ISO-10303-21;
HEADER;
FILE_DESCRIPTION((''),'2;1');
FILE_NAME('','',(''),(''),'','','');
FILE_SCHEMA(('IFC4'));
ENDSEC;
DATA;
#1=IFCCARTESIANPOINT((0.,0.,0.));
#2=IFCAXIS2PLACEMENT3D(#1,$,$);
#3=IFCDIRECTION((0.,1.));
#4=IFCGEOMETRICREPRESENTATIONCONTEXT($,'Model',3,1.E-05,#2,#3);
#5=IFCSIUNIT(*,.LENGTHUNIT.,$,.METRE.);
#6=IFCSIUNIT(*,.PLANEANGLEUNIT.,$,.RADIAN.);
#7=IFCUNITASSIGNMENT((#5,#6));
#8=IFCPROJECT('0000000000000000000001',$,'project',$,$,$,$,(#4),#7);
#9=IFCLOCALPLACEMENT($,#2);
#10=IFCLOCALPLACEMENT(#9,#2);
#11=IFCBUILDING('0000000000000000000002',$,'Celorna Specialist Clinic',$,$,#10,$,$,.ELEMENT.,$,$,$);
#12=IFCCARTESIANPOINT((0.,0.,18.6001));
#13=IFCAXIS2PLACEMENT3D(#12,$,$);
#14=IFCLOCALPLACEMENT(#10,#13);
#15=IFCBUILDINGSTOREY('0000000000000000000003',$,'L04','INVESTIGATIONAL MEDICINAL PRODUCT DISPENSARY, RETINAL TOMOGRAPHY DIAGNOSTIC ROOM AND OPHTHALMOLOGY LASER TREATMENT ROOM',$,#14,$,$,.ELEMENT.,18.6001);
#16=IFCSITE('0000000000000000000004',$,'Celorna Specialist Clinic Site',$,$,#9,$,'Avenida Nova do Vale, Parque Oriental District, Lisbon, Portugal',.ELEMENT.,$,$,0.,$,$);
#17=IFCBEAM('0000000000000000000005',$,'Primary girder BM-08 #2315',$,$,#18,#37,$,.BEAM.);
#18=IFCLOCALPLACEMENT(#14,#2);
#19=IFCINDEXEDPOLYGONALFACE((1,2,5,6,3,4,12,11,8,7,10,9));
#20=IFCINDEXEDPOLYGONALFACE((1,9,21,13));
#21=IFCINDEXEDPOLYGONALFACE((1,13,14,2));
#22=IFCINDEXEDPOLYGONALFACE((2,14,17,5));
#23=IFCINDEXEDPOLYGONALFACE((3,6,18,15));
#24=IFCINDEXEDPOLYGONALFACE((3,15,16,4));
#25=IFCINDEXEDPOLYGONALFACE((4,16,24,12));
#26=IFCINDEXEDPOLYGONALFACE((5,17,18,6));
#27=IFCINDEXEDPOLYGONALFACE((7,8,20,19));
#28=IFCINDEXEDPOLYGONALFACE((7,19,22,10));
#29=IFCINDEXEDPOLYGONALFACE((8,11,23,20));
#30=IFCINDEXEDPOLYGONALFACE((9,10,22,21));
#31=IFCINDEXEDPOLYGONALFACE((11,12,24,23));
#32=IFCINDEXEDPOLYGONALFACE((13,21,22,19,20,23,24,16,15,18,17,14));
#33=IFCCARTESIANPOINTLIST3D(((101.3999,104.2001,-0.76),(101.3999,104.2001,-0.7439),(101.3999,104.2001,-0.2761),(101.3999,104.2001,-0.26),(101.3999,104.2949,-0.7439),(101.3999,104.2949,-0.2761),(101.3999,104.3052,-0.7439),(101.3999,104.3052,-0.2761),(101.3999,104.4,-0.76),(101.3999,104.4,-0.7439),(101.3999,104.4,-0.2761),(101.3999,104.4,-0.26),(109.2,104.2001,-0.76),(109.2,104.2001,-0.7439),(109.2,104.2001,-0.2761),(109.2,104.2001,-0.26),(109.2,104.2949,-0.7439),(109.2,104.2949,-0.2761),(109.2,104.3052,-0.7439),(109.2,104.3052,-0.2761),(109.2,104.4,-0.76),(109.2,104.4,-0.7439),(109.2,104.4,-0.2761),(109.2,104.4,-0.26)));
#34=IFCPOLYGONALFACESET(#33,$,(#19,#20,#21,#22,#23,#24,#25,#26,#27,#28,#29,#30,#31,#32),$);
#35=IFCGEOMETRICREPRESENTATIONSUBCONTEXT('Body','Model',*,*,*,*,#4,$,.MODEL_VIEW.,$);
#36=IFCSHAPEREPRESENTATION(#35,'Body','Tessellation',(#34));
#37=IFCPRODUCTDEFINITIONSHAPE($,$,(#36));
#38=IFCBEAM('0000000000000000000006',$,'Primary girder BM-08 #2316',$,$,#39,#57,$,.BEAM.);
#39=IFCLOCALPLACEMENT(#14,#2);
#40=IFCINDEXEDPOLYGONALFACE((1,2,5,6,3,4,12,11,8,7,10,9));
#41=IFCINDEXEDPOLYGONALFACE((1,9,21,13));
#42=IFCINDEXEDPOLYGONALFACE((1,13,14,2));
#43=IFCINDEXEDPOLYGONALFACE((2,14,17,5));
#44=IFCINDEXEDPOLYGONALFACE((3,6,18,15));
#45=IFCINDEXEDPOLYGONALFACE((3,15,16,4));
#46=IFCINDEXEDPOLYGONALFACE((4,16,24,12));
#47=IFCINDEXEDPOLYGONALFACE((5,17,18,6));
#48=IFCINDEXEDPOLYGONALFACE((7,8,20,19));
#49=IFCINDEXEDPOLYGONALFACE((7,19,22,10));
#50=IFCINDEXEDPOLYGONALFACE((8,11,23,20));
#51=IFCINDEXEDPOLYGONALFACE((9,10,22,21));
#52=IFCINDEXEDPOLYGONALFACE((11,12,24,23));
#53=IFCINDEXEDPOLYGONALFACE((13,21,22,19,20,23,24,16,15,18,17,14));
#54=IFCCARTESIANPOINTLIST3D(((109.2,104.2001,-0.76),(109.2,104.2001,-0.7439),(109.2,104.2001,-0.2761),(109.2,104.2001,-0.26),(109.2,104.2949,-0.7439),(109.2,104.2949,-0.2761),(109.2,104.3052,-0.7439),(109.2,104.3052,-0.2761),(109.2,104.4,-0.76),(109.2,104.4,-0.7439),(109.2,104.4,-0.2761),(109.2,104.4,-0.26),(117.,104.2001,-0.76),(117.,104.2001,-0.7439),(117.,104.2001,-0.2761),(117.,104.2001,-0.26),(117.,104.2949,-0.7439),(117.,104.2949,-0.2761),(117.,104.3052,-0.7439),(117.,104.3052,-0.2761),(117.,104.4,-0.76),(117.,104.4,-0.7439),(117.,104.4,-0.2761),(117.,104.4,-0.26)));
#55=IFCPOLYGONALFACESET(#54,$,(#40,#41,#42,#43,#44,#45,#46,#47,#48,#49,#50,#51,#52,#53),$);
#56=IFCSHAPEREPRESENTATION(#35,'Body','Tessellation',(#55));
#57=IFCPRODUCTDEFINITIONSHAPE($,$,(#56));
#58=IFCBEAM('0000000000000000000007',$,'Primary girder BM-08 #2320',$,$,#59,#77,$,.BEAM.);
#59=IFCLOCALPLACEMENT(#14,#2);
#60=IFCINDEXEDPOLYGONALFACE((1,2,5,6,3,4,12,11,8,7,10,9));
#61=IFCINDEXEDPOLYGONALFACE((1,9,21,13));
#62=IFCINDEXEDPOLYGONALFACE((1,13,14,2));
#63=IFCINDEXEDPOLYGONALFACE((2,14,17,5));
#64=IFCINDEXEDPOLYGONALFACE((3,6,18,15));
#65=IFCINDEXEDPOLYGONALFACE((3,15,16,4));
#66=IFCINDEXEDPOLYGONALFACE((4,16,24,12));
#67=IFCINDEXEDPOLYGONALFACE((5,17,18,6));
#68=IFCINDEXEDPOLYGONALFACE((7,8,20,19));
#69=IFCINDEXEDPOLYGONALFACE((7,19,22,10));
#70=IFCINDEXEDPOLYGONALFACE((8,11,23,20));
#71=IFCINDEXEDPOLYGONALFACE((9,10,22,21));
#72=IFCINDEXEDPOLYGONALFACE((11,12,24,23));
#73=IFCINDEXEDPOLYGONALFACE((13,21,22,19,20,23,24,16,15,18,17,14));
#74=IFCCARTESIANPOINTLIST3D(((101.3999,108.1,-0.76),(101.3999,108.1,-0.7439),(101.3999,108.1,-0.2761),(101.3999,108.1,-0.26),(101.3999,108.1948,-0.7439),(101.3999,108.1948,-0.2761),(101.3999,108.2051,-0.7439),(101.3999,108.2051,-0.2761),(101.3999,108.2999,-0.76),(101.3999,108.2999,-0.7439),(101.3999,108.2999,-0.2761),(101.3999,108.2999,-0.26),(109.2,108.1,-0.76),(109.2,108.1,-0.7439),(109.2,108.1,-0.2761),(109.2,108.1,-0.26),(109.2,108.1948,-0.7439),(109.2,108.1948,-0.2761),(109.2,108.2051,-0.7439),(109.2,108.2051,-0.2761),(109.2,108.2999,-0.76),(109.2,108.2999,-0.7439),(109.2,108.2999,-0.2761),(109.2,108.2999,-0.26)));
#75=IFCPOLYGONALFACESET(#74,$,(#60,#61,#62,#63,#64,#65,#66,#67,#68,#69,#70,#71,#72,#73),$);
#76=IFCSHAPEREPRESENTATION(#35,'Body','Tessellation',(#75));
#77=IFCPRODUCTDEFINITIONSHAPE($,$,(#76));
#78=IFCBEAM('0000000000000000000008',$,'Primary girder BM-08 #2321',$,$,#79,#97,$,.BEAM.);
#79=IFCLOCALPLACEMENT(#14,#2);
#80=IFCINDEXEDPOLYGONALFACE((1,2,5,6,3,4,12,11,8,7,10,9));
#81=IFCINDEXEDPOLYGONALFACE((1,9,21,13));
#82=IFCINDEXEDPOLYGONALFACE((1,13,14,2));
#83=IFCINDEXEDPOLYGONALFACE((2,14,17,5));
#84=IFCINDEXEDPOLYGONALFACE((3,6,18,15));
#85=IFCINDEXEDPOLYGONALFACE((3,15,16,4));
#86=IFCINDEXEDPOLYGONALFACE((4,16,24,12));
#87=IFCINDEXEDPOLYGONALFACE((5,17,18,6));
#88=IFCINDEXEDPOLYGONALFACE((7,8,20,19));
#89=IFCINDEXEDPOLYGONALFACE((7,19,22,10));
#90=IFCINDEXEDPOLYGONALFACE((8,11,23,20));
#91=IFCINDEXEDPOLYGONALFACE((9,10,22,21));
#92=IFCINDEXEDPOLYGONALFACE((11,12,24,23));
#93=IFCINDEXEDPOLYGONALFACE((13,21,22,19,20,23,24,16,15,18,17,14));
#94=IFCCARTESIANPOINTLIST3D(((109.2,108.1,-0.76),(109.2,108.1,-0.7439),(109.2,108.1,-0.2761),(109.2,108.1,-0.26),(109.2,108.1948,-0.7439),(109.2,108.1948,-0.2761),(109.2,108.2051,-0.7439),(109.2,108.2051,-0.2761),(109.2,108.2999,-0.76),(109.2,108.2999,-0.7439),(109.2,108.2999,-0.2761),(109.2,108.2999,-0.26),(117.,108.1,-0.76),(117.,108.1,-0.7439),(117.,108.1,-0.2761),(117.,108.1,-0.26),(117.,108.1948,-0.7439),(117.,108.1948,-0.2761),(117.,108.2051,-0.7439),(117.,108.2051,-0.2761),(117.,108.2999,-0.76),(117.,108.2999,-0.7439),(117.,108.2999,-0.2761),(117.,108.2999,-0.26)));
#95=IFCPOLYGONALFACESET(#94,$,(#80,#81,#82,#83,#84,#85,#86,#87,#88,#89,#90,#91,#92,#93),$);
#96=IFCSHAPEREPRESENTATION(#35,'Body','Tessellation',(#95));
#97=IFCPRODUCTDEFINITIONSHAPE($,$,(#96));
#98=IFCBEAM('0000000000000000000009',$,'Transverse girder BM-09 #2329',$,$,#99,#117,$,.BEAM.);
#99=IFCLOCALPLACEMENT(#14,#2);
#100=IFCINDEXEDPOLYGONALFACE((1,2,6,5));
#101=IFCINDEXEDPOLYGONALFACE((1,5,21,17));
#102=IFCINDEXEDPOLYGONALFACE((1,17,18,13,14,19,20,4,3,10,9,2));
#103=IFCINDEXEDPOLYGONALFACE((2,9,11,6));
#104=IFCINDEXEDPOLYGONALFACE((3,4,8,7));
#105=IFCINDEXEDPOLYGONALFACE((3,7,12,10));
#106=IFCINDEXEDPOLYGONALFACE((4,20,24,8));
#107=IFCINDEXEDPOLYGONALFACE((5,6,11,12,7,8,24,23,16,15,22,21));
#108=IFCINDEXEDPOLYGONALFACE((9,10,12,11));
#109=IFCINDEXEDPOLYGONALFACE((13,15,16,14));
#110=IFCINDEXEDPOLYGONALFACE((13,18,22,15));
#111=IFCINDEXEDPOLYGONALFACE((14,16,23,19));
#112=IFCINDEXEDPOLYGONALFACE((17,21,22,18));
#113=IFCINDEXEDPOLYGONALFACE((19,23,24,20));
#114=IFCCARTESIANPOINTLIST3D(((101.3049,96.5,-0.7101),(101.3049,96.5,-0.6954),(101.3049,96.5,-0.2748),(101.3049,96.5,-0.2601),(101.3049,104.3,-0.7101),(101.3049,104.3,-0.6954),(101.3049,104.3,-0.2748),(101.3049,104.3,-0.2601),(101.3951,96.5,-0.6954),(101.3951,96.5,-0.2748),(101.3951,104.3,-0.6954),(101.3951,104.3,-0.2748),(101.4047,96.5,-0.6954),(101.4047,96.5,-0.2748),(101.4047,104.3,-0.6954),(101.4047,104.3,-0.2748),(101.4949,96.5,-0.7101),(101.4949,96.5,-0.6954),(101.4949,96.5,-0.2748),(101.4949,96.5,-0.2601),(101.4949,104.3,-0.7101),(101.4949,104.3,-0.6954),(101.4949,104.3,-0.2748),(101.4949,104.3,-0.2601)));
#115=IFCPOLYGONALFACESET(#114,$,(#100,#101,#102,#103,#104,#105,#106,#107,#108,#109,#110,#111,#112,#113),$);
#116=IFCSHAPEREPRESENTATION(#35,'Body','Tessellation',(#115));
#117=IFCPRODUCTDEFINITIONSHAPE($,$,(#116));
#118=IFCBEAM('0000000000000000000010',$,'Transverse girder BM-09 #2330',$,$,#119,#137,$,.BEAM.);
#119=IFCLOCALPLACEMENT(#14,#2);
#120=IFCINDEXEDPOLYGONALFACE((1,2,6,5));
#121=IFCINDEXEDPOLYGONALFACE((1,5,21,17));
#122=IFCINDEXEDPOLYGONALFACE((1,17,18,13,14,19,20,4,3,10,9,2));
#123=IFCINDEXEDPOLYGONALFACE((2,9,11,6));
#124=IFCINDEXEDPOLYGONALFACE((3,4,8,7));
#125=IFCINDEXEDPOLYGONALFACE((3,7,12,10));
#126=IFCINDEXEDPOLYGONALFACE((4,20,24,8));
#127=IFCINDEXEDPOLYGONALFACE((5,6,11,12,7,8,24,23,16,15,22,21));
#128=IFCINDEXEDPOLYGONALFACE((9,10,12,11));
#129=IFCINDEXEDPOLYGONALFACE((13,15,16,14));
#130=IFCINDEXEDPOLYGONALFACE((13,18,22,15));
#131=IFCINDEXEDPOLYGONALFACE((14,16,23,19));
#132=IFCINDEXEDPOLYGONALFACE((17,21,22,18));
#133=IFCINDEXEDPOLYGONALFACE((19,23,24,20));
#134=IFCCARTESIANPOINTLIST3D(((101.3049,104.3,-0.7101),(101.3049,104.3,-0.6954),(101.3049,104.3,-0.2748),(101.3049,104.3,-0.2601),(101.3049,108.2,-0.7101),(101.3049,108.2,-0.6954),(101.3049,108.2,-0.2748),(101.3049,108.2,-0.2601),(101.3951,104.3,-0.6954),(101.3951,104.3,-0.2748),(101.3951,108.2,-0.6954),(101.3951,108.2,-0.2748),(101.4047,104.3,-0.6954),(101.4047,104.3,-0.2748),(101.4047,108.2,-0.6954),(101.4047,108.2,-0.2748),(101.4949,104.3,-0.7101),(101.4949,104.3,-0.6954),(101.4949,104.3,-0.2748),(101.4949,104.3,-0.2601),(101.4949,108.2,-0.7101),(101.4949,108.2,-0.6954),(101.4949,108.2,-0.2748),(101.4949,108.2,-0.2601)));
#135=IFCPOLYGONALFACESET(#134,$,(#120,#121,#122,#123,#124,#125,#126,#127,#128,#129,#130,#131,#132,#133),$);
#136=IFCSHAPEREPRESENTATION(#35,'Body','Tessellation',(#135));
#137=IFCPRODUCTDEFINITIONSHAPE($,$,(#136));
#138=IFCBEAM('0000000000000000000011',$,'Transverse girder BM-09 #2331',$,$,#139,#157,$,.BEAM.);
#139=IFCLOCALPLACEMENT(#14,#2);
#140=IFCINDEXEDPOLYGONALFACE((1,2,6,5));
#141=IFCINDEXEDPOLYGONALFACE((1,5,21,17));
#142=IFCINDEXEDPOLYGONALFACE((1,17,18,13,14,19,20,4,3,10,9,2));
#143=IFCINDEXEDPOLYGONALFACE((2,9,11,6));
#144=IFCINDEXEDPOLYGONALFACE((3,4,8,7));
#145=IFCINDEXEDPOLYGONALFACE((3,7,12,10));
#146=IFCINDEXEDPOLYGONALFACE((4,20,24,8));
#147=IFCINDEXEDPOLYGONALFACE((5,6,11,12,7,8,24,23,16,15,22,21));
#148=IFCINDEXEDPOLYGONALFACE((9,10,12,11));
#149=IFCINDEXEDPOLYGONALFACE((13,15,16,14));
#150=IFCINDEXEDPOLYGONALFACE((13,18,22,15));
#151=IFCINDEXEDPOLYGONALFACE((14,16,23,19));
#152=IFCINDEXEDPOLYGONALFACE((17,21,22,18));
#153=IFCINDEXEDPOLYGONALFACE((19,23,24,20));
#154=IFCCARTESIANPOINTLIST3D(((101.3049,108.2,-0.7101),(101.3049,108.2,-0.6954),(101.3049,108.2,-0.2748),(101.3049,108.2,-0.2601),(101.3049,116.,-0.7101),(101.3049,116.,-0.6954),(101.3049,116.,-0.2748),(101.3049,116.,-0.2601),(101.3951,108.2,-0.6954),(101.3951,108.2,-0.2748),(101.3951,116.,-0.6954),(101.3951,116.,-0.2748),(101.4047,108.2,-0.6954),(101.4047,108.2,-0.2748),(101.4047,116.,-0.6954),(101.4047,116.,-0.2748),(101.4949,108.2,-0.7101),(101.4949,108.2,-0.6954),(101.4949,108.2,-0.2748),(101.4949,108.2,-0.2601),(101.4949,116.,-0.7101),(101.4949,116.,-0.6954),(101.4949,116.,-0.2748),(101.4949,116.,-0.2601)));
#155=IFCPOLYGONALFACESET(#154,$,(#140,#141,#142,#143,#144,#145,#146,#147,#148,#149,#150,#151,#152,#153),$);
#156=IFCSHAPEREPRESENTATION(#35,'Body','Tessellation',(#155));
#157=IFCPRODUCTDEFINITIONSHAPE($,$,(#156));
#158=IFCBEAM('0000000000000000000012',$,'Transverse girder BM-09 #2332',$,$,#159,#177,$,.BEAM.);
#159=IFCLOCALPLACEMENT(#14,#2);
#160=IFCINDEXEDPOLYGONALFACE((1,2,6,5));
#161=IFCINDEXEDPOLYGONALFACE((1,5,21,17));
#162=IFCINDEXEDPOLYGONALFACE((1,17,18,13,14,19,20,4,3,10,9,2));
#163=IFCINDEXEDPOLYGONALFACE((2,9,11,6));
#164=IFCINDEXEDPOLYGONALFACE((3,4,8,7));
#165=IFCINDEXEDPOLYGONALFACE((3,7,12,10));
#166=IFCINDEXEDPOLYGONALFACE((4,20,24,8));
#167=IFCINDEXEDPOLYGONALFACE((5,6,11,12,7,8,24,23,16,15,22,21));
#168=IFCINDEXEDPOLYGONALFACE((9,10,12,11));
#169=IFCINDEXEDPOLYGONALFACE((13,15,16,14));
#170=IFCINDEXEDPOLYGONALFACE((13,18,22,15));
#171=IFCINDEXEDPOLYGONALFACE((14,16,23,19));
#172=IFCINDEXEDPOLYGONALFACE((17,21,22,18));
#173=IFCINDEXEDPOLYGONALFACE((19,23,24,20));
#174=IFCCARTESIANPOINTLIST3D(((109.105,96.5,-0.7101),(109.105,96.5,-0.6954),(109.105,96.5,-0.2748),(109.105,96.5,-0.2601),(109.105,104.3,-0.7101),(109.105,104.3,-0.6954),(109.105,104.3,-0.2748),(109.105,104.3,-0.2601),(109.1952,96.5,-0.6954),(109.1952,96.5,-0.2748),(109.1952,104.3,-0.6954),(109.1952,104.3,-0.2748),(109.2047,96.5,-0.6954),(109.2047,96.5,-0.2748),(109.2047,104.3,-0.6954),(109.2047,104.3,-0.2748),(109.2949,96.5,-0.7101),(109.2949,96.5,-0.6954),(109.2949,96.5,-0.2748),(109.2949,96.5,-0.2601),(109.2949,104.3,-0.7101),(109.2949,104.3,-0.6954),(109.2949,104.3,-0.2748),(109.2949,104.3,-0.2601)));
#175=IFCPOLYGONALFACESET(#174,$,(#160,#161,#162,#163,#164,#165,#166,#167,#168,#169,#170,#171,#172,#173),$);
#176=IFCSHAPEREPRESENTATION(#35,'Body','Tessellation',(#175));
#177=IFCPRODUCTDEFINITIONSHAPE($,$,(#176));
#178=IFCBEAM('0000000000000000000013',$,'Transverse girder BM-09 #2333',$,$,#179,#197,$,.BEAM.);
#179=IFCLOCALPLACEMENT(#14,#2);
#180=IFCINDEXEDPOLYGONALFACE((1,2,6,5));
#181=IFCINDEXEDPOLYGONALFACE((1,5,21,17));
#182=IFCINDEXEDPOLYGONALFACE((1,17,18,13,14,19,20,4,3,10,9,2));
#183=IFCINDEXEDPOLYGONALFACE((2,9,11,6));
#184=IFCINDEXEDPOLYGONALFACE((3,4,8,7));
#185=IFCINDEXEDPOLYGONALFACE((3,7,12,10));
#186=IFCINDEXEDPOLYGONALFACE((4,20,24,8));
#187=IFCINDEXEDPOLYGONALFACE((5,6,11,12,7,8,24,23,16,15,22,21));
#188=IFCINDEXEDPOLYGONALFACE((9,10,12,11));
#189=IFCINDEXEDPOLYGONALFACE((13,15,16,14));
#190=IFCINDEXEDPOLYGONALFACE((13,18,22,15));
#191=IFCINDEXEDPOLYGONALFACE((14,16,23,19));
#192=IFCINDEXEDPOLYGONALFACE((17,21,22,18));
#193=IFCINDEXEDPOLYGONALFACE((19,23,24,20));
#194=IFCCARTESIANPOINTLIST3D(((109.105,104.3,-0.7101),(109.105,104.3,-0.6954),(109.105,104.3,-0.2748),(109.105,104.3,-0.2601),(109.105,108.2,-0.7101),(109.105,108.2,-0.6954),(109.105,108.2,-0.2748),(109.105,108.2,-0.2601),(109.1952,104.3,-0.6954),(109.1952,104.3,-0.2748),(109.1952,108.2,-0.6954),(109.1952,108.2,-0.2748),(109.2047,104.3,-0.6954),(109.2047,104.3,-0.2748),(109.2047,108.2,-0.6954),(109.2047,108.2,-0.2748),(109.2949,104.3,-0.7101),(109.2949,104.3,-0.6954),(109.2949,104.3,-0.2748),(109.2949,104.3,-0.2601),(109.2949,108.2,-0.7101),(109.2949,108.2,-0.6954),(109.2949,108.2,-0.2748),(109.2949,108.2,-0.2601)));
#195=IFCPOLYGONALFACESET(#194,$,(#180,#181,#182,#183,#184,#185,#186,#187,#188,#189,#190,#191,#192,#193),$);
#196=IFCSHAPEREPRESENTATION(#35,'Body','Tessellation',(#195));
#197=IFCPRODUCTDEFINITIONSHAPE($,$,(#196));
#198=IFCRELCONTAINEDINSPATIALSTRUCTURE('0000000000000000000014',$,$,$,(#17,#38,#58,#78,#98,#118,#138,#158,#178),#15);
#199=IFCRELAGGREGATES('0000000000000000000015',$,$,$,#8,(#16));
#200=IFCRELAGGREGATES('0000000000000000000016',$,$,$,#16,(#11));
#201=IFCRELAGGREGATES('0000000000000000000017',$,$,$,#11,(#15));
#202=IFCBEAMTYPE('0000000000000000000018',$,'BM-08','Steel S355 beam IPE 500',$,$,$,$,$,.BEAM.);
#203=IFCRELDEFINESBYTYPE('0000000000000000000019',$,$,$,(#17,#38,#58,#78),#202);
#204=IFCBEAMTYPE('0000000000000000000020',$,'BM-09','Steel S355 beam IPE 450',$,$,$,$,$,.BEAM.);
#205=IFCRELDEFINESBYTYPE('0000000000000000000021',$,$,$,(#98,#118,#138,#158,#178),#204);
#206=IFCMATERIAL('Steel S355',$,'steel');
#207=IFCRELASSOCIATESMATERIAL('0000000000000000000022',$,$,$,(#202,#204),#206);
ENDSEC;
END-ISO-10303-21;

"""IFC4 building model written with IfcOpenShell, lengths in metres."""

from ifc_helpers import new_model, si_unit, direction, frame, origin, origin_2d, place, context, subcontext, project, spatial, i_section, extrude, material, material_profile, profile_set, type_object, element, save


model = new_model("IFC4")

# Units and contexts
model_context = context("Model", 3, precision=1e-05, world=origin(), true_north=direction((0.0, 1.0)))
body_context = subcontext(model_context, "Body", "Model", "MODEL_VIEW")
ifc_project = project(units=[si_unit("LENGTHUNIT", "METRE"), si_unit("PLANEANGLEUNIT", "RADIAN")], contexts=[model_context])

# Site, building, storey
site_placement = place(None, origin())
site = spatial("IfcSite", under=ifc_project, at=site_placement, Name="Celorna Specialist Clinic Site", LongName="Avenida Nova do Vale, Parque Oriental District, Lisbon, Portugal", CompositionType="ELEMENT", RefElevation=0.0)
building_placement = place(site_placement, origin())
building = spatial("IfcBuilding", under=site, at=building_placement, Name="Celorna Specialist Clinic", CompositionType="ELEMENT")
storey_placement = place(building_placement, frame((0.0, 0.0, 18.6001)))
storey = spatial("IfcBuildingStorey", under=building, at=storey_placement, Name="L04", Description="INVESTIGATIONAL MEDICINAL PRODUCT DISPENSARY, RETINAL TOMOGRAPHY DIAGNOSTIC ROOM AND OPHTHALMOLOGY LASER TREATMENT ROOM", CompositionType="ELEMENT", Elevation=18.6001)

# Beams
ifc_material_1 = material(Name="Steel S355", Category="steel")
ifc_material_profile_1 = material_profile(ifc_material_1, i_section(OverallWidth=0.2, OverallDepth=0.5, WebThickness=0.0103, FlangeThickness=0.0161, at=origin_2d()), Name="IPE 500")
ifc_profile_set_1 = profile_set([ifc_material_profile_1], Name="Steel S355")
beam_type_1 = type_object("IfcBeamType", Name="BM-08", Description="Steel S355 beam IPE 500", PredefinedType="BEAM", material=ifc_profile_set_1)
for number, where, z_axis, x_axis, name in (
    (1, (101.3999, 104.3, -0.51), (1.0, 0.0, 0.0), (0.0, 1.0, 0.0), "Primary girder BM-08 #2315"),
    (2, (109.2, 104.3, -0.51), (1.0, 0.0, 0.0), (0.0, 1.0, 0.0), "Primary girder BM-08 #2316"),
    (3, (101.3999, 108.2, -0.51), (1.0, 0.0, 0.0), (0.0, 1.0, 0.0), "Primary girder BM-08 #2320"),
    (4, (109.2, 108.2, -0.51), (1.0, 0.0, 0.0), (0.0, 1.0, 0.0), "Primary girder BM-08 #2321"),
):
    element("IfcBeam", number, at=place(storey_placement, frame(where, z_axis=z_axis, x_axis=x_axis)), inside=storey, type_object=beam_type_1, Name=name, PredefinedType="BEAM", context=body_context, shape_type="SweptSolid", body=[
        extrude(i_section(OverallWidth=0.2, OverallDepth=0.5, WebThickness=0.0103, FlangeThickness=0.0161, at=origin_2d()), origin(), (0.0, 0.0, 1.0), 7.8),
    ])
ifc_material_profile_2 = material_profile(ifc_material_1, i_section(OverallWidth=0.1899, OverallDepth=0.45, WebThickness=0.0095, FlangeThickness=0.0146, at=origin_2d()), Name="IPE 450")
ifc_profile_set_2 = profile_set([ifc_material_profile_2], Name="Steel S355")
beam_type_2 = type_object("IfcBeamType", Name="BM-09", Description="Steel S355 beam IPE 450", PredefinedType="BEAM", material=ifc_profile_set_2)
beam_1_placement = place(storey_placement, frame((101.3999, 96.5, -0.4851), z_axis=(0.0, 1.0, 0.0), x_axis=(-1.0, 0.0, 0.0)))
element("IfcBeam", 5, at=beam_1_placement, inside=storey, type_object=beam_type_2, Name="Transverse girder BM-09 #2329", PredefinedType="BEAM", context=body_context, shape_type="SweptSolid", body=[
    extrude(i_section(OverallWidth=0.1899, OverallDepth=0.45, WebThickness=0.0095, FlangeThickness=0.0146, at=origin_2d()), origin(), (0.0, 0.0, 1.0), 7.8),
])
beam_2_placement = place(storey_placement, frame((101.3999, 104.3, -0.4851), z_axis=(0.0, 1.0, 0.0), x_axis=(-1.0, 0.0, 0.0)))
element("IfcBeam", 6, at=beam_2_placement, inside=storey, type_object=beam_type_2, Name="Transverse girder BM-09 #2330", PredefinedType="BEAM", context=body_context, shape_type="SweptSolid", body=[
    extrude(i_section(OverallWidth=0.1899, OverallDepth=0.45, WebThickness=0.0095, FlangeThickness=0.0146, at=origin_2d()), origin(), (0.0, 0.0, 1.0), 3.8999),
])
for number, where, z_axis, x_axis, name in (
    (7, (101.3999, 108.2, -0.4851), (0.0, 1.0, 0.0), (-1.0, 0.0, 0.0), "Transverse girder BM-09 #2331"),
    (8, (109.2, 96.5, -0.4851), (0.0, 1.0, 0.0), (-1.0, 0.0, 0.0), "Transverse girder BM-09 #2332"),
):
    element("IfcBeam", number, at=place(storey_placement, frame(where, z_axis=z_axis, x_axis=x_axis)), inside=storey, type_object=beam_type_2, Name=name, PredefinedType="BEAM", context=body_context, shape_type="SweptSolid", body=[
        extrude(i_section(OverallWidth=0.1899, OverallDepth=0.45, WebThickness=0.0095, FlangeThickness=0.0146, at=origin_2d()), origin(), (0.0, 0.0, 1.0), 7.8),
    ])
beam_3_placement = place(storey_placement, frame((109.2, 104.3, -0.4851), z_axis=(0.0, 1.0, 0.0), x_axis=(-1.0, 0.0, 0.0)))
element("IfcBeam", 9, at=beam_3_placement, inside=storey, type_object=beam_type_2, Name="Transverse girder BM-09 #2333", PredefinedType="BEAM", context=body_context, shape_type="SweptSolid", body=[
    extrude(i_section(OverallWidth=0.1899, OverallDepth=0.45, WebThickness=0.0095, FlangeThickness=0.0146, at=origin_2d()), origin(), (0.0, 0.0, 1.0), 3.8999),
])

save(model, "model.ifc")
